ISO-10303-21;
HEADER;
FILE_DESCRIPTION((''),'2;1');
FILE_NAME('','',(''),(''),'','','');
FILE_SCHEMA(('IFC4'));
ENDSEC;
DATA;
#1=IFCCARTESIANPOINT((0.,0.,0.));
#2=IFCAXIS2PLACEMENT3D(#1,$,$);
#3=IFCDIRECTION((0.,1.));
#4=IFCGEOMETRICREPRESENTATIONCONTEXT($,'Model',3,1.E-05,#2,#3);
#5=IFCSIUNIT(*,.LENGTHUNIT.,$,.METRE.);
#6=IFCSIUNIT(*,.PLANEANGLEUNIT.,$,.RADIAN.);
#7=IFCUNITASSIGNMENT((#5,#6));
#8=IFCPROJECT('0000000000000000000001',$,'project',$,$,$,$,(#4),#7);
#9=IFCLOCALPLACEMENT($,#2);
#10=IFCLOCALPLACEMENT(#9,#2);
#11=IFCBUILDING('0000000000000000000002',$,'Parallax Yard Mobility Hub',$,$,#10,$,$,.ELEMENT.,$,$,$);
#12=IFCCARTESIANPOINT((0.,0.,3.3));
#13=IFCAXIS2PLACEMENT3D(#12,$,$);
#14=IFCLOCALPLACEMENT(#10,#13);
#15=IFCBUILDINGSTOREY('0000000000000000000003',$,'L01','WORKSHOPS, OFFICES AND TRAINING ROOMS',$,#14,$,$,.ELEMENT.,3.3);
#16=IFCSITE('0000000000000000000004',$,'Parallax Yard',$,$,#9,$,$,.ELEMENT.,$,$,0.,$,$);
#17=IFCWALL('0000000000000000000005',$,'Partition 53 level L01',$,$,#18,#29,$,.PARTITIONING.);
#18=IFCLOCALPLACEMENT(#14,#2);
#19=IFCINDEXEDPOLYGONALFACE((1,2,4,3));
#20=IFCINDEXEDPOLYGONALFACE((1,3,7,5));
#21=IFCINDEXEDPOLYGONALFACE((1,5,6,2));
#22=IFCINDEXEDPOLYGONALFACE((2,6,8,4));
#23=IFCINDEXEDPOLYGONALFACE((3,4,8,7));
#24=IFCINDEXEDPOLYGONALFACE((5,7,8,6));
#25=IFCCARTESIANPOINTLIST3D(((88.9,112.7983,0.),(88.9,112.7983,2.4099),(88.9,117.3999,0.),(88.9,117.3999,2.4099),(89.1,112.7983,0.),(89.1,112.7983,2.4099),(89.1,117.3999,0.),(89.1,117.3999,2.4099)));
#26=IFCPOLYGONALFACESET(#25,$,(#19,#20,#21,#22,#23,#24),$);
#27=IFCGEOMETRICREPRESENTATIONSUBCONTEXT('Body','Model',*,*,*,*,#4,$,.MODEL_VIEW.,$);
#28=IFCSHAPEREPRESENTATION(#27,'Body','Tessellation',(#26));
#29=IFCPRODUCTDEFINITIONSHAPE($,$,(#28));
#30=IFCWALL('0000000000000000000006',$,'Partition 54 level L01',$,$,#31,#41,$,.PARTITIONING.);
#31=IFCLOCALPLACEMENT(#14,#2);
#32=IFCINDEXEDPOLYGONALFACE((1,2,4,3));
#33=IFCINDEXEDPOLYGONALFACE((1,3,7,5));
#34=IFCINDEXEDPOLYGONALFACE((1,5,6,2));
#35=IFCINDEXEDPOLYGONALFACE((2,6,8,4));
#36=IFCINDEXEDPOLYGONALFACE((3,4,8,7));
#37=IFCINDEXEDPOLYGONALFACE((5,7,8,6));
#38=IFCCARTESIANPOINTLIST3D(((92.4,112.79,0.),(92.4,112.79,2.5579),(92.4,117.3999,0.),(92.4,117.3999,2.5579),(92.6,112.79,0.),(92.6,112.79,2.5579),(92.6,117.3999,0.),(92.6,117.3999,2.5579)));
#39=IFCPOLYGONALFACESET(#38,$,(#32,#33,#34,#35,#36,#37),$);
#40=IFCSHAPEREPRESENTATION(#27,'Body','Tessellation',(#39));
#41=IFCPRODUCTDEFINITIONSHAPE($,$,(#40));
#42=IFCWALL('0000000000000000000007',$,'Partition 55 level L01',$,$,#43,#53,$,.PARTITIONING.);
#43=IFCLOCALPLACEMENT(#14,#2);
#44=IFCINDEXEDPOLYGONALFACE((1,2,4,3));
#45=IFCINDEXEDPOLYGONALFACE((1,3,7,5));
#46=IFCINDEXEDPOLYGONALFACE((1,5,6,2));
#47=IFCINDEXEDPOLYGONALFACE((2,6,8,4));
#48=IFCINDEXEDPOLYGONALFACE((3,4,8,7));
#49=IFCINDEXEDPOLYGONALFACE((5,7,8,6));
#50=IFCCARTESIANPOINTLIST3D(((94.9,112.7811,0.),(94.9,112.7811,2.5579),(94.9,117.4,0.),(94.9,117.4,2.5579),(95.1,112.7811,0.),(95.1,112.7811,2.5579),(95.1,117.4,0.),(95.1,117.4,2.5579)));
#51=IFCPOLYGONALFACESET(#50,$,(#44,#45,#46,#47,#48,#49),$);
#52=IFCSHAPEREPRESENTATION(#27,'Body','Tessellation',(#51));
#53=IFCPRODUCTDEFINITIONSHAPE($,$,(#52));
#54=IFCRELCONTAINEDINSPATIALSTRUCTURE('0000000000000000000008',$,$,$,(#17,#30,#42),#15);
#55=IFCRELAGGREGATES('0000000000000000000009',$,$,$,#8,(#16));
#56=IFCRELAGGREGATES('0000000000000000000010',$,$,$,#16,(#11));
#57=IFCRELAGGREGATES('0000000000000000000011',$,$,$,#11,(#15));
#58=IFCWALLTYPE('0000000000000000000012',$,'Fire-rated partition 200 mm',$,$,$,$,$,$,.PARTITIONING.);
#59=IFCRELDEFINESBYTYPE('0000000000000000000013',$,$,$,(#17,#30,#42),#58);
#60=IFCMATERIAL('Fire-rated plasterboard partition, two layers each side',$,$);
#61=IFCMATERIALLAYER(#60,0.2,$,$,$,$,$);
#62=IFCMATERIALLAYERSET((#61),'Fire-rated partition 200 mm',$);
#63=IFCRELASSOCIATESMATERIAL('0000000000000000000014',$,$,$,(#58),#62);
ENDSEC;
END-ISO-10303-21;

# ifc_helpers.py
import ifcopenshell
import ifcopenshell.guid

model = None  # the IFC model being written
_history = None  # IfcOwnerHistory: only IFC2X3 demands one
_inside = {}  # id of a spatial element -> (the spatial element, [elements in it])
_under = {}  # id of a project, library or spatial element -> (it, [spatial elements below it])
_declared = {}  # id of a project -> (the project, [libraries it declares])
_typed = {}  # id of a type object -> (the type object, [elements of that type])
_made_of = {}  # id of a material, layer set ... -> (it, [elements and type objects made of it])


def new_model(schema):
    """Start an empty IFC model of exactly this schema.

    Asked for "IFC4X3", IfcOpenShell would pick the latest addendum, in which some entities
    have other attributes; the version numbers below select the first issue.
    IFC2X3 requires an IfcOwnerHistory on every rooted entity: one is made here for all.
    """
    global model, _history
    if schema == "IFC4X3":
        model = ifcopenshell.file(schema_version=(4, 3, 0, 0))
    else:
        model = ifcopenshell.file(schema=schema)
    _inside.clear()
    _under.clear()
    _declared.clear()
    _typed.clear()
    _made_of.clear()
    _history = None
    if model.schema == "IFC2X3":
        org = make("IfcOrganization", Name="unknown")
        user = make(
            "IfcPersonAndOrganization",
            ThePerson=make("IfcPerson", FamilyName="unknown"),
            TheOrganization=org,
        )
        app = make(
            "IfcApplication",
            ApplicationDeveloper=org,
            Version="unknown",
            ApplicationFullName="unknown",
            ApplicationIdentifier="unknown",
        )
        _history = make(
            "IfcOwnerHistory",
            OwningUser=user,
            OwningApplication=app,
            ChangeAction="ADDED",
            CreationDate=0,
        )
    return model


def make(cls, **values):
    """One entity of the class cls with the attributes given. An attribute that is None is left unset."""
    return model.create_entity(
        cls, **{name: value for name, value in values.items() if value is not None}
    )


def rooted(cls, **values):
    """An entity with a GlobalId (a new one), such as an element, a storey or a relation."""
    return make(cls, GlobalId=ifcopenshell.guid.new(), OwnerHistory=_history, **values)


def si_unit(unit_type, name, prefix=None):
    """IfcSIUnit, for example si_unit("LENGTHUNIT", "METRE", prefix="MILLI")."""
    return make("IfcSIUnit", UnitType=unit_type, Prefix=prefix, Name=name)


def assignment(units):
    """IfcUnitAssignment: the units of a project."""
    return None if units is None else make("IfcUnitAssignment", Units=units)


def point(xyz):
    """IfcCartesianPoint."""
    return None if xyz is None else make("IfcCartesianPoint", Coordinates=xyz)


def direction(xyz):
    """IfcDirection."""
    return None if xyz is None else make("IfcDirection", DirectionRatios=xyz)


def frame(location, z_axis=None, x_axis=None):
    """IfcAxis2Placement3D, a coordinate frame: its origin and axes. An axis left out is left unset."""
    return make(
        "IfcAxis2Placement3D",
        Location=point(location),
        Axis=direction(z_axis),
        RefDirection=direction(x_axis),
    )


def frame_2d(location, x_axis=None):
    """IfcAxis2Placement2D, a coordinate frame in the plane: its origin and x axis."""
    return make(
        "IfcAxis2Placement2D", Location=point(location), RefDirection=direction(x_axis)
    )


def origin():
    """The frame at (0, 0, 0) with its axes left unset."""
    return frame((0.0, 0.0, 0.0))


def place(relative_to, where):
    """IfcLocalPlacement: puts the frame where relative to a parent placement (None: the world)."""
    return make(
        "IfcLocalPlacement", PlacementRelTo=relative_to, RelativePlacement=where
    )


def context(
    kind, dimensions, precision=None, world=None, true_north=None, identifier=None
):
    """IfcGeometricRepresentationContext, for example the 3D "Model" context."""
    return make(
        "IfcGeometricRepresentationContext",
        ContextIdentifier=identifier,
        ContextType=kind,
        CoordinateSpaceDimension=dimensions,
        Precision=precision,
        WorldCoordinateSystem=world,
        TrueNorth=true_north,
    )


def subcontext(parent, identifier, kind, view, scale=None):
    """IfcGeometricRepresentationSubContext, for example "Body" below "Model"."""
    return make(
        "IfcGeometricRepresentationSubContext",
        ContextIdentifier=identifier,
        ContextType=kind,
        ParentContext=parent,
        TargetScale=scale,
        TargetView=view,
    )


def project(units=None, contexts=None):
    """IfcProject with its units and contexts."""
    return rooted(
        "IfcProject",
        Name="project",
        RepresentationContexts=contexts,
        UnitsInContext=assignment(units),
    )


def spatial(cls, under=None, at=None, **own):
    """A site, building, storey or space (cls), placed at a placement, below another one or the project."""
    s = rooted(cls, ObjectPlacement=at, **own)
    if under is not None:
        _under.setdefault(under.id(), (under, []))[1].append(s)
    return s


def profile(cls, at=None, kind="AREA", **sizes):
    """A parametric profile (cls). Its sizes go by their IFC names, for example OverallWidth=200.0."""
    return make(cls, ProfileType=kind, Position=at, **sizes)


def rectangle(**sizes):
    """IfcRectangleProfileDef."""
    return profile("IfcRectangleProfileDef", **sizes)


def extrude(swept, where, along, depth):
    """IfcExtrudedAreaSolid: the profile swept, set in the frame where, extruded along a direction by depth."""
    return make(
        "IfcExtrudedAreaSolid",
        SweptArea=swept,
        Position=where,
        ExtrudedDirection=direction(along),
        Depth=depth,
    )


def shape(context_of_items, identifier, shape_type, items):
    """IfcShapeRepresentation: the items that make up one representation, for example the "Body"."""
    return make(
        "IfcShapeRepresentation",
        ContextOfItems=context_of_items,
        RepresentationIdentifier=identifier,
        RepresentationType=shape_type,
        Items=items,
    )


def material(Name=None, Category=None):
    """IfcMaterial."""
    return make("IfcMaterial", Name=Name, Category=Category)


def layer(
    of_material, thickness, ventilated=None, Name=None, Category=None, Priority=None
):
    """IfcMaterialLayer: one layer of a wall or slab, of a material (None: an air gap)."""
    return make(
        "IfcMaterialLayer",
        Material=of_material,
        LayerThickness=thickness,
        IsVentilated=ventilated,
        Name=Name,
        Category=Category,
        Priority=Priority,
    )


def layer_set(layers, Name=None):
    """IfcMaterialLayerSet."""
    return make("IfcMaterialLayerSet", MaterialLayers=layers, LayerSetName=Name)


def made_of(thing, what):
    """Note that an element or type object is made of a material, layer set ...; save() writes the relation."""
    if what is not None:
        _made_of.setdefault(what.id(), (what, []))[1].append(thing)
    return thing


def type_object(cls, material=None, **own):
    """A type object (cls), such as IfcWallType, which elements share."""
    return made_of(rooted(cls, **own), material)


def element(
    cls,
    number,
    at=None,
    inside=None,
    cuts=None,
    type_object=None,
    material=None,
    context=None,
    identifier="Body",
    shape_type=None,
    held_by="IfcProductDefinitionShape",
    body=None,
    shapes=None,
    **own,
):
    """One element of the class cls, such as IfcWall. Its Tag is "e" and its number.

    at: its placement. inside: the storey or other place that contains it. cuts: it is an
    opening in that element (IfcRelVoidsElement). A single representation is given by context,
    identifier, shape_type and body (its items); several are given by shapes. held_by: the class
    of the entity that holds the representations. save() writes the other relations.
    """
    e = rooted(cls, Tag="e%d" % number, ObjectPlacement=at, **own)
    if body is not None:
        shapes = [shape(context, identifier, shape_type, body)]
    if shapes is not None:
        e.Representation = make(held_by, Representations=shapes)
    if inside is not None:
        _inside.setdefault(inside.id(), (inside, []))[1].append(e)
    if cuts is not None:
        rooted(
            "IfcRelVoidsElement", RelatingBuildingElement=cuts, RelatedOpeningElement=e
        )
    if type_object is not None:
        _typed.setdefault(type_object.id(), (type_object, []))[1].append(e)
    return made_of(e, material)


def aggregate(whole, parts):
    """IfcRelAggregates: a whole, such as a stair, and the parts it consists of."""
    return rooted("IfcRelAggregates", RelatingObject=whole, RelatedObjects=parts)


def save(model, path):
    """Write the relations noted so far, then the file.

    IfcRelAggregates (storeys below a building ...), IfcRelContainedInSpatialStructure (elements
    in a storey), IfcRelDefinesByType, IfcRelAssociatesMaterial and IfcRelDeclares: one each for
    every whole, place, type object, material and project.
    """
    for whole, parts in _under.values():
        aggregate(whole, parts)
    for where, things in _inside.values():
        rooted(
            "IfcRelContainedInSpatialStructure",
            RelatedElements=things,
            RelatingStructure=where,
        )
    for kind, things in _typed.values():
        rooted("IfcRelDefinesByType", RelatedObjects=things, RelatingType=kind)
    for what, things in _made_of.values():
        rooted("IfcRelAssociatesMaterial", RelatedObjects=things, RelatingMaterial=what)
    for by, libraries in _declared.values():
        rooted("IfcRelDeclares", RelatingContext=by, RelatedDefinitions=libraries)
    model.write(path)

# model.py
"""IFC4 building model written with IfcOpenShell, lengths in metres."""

from ifc_helpers import new_model, si_unit, direction, frame, frame_2d, origin, place, context, subcontext, project, spatial, rectangle, extrude, material, layer, layer_set, type_object, element, save


model = new_model("IFC4")

# Units and contexts
model_context = context("Model", 3, precision=1e-05, world=origin(), true_north=direction((0.0, 1.0)))
body_context = subcontext(model_context, "Body", "Model", "MODEL_VIEW")
ifc_project = project(units=[si_unit("LENGTHUNIT", "METRE"), si_unit("PLANEANGLEUNIT", "RADIAN")], contexts=[model_context])

# Site, building, storey
site_placement = place(None, origin())
site = spatial("IfcSite", under=ifc_project, at=site_placement, Name="Parallax Yard", CompositionType="ELEMENT", RefElevation=0.0)
building_placement = place(site_placement, origin())
building = spatial("IfcBuilding", under=site, at=building_placement, Name="Parallax Yard Mobility Hub", CompositionType="ELEMENT")
storey_placement = place(building_placement, frame((0.0, 0.0, 3.3)))
storey = spatial("IfcBuildingStorey", under=building, at=storey_placement, Name="L01", Description="WORKSHOPS, OFFICES AND TRAINING ROOMS", CompositionType="ELEMENT", Elevation=3.3)

# Shared definitions
ifc_material_1 = material(Name="Fire-rated plasterboard partition, two layers each side")
ifc_layer_1 = layer(ifc_material_1, 0.2)
ifc_layer_set_1 = layer_set([ifc_layer_1], Name="Fire-rated partition 200 mm")
wall_type_1 = type_object("IfcWallType", Name="Fire-rated partition 200 mm", PredefinedType="PARTITIONING", material=ifc_layer_set_1)

# Walls
wall_1_placement = place(storey_placement, frame((89.0, 112.7983, 0.0), z_axis=(0.0, 0.0, 1.0), x_axis=(0.0, 1.0, 0.0)))
element("IfcWall", 1, at=wall_1_placement, inside=storey, type_object=wall_type_1, Name="Partition 53 level L01", PredefinedType="PARTITIONING", context=body_context, shape_type="SweptSolid", body=[
    extrude(rectangle(XDim=4.6016, YDim=0.2, at=frame_2d((2.3008, 0.0))), origin(), (0.0, 0.0, 1.0), 2.4099),
])
wall_2_placement = place(storey_placement, frame((92.5, 112.79, 0.0), z_axis=(0.0, 0.0, 1.0), x_axis=(0.0, 1.0, 0.0)))
element("IfcWall", 2, at=wall_2_placement, inside=storey, type_object=wall_type_1, Name="Partition 54 level L01", PredefinedType="PARTITIONING", context=body_context, shape_type="SweptSolid", body=[
    extrude(rectangle(XDim=4.6099, YDim=0.2, at=frame_2d((2.3049, 0.0))), origin(), (0.0, 0.0, 1.0), 2.5579),
])
wall_3_placement = place(storey_placement, frame((95.0, 112.781, 0.0), z_axis=(0.0, 0.0, 1.0), x_axis=(0.0, 1.0, 0.0)))
element("IfcWall", 3, at=wall_3_placement, inside=storey, type_object=wall_type_1, Name="Partition 55 level L01", PredefinedType="PARTITIONING", context=body_context, shape_type="SweptSolid", body=[
    extrude(rectangle(XDim=4.6189, YDim=0.2, at=frame_2d((2.3096, 0.0))), origin(), (0.0, 0.0, 1.0), 2.5579),
])

save(model, "model.ifc")
